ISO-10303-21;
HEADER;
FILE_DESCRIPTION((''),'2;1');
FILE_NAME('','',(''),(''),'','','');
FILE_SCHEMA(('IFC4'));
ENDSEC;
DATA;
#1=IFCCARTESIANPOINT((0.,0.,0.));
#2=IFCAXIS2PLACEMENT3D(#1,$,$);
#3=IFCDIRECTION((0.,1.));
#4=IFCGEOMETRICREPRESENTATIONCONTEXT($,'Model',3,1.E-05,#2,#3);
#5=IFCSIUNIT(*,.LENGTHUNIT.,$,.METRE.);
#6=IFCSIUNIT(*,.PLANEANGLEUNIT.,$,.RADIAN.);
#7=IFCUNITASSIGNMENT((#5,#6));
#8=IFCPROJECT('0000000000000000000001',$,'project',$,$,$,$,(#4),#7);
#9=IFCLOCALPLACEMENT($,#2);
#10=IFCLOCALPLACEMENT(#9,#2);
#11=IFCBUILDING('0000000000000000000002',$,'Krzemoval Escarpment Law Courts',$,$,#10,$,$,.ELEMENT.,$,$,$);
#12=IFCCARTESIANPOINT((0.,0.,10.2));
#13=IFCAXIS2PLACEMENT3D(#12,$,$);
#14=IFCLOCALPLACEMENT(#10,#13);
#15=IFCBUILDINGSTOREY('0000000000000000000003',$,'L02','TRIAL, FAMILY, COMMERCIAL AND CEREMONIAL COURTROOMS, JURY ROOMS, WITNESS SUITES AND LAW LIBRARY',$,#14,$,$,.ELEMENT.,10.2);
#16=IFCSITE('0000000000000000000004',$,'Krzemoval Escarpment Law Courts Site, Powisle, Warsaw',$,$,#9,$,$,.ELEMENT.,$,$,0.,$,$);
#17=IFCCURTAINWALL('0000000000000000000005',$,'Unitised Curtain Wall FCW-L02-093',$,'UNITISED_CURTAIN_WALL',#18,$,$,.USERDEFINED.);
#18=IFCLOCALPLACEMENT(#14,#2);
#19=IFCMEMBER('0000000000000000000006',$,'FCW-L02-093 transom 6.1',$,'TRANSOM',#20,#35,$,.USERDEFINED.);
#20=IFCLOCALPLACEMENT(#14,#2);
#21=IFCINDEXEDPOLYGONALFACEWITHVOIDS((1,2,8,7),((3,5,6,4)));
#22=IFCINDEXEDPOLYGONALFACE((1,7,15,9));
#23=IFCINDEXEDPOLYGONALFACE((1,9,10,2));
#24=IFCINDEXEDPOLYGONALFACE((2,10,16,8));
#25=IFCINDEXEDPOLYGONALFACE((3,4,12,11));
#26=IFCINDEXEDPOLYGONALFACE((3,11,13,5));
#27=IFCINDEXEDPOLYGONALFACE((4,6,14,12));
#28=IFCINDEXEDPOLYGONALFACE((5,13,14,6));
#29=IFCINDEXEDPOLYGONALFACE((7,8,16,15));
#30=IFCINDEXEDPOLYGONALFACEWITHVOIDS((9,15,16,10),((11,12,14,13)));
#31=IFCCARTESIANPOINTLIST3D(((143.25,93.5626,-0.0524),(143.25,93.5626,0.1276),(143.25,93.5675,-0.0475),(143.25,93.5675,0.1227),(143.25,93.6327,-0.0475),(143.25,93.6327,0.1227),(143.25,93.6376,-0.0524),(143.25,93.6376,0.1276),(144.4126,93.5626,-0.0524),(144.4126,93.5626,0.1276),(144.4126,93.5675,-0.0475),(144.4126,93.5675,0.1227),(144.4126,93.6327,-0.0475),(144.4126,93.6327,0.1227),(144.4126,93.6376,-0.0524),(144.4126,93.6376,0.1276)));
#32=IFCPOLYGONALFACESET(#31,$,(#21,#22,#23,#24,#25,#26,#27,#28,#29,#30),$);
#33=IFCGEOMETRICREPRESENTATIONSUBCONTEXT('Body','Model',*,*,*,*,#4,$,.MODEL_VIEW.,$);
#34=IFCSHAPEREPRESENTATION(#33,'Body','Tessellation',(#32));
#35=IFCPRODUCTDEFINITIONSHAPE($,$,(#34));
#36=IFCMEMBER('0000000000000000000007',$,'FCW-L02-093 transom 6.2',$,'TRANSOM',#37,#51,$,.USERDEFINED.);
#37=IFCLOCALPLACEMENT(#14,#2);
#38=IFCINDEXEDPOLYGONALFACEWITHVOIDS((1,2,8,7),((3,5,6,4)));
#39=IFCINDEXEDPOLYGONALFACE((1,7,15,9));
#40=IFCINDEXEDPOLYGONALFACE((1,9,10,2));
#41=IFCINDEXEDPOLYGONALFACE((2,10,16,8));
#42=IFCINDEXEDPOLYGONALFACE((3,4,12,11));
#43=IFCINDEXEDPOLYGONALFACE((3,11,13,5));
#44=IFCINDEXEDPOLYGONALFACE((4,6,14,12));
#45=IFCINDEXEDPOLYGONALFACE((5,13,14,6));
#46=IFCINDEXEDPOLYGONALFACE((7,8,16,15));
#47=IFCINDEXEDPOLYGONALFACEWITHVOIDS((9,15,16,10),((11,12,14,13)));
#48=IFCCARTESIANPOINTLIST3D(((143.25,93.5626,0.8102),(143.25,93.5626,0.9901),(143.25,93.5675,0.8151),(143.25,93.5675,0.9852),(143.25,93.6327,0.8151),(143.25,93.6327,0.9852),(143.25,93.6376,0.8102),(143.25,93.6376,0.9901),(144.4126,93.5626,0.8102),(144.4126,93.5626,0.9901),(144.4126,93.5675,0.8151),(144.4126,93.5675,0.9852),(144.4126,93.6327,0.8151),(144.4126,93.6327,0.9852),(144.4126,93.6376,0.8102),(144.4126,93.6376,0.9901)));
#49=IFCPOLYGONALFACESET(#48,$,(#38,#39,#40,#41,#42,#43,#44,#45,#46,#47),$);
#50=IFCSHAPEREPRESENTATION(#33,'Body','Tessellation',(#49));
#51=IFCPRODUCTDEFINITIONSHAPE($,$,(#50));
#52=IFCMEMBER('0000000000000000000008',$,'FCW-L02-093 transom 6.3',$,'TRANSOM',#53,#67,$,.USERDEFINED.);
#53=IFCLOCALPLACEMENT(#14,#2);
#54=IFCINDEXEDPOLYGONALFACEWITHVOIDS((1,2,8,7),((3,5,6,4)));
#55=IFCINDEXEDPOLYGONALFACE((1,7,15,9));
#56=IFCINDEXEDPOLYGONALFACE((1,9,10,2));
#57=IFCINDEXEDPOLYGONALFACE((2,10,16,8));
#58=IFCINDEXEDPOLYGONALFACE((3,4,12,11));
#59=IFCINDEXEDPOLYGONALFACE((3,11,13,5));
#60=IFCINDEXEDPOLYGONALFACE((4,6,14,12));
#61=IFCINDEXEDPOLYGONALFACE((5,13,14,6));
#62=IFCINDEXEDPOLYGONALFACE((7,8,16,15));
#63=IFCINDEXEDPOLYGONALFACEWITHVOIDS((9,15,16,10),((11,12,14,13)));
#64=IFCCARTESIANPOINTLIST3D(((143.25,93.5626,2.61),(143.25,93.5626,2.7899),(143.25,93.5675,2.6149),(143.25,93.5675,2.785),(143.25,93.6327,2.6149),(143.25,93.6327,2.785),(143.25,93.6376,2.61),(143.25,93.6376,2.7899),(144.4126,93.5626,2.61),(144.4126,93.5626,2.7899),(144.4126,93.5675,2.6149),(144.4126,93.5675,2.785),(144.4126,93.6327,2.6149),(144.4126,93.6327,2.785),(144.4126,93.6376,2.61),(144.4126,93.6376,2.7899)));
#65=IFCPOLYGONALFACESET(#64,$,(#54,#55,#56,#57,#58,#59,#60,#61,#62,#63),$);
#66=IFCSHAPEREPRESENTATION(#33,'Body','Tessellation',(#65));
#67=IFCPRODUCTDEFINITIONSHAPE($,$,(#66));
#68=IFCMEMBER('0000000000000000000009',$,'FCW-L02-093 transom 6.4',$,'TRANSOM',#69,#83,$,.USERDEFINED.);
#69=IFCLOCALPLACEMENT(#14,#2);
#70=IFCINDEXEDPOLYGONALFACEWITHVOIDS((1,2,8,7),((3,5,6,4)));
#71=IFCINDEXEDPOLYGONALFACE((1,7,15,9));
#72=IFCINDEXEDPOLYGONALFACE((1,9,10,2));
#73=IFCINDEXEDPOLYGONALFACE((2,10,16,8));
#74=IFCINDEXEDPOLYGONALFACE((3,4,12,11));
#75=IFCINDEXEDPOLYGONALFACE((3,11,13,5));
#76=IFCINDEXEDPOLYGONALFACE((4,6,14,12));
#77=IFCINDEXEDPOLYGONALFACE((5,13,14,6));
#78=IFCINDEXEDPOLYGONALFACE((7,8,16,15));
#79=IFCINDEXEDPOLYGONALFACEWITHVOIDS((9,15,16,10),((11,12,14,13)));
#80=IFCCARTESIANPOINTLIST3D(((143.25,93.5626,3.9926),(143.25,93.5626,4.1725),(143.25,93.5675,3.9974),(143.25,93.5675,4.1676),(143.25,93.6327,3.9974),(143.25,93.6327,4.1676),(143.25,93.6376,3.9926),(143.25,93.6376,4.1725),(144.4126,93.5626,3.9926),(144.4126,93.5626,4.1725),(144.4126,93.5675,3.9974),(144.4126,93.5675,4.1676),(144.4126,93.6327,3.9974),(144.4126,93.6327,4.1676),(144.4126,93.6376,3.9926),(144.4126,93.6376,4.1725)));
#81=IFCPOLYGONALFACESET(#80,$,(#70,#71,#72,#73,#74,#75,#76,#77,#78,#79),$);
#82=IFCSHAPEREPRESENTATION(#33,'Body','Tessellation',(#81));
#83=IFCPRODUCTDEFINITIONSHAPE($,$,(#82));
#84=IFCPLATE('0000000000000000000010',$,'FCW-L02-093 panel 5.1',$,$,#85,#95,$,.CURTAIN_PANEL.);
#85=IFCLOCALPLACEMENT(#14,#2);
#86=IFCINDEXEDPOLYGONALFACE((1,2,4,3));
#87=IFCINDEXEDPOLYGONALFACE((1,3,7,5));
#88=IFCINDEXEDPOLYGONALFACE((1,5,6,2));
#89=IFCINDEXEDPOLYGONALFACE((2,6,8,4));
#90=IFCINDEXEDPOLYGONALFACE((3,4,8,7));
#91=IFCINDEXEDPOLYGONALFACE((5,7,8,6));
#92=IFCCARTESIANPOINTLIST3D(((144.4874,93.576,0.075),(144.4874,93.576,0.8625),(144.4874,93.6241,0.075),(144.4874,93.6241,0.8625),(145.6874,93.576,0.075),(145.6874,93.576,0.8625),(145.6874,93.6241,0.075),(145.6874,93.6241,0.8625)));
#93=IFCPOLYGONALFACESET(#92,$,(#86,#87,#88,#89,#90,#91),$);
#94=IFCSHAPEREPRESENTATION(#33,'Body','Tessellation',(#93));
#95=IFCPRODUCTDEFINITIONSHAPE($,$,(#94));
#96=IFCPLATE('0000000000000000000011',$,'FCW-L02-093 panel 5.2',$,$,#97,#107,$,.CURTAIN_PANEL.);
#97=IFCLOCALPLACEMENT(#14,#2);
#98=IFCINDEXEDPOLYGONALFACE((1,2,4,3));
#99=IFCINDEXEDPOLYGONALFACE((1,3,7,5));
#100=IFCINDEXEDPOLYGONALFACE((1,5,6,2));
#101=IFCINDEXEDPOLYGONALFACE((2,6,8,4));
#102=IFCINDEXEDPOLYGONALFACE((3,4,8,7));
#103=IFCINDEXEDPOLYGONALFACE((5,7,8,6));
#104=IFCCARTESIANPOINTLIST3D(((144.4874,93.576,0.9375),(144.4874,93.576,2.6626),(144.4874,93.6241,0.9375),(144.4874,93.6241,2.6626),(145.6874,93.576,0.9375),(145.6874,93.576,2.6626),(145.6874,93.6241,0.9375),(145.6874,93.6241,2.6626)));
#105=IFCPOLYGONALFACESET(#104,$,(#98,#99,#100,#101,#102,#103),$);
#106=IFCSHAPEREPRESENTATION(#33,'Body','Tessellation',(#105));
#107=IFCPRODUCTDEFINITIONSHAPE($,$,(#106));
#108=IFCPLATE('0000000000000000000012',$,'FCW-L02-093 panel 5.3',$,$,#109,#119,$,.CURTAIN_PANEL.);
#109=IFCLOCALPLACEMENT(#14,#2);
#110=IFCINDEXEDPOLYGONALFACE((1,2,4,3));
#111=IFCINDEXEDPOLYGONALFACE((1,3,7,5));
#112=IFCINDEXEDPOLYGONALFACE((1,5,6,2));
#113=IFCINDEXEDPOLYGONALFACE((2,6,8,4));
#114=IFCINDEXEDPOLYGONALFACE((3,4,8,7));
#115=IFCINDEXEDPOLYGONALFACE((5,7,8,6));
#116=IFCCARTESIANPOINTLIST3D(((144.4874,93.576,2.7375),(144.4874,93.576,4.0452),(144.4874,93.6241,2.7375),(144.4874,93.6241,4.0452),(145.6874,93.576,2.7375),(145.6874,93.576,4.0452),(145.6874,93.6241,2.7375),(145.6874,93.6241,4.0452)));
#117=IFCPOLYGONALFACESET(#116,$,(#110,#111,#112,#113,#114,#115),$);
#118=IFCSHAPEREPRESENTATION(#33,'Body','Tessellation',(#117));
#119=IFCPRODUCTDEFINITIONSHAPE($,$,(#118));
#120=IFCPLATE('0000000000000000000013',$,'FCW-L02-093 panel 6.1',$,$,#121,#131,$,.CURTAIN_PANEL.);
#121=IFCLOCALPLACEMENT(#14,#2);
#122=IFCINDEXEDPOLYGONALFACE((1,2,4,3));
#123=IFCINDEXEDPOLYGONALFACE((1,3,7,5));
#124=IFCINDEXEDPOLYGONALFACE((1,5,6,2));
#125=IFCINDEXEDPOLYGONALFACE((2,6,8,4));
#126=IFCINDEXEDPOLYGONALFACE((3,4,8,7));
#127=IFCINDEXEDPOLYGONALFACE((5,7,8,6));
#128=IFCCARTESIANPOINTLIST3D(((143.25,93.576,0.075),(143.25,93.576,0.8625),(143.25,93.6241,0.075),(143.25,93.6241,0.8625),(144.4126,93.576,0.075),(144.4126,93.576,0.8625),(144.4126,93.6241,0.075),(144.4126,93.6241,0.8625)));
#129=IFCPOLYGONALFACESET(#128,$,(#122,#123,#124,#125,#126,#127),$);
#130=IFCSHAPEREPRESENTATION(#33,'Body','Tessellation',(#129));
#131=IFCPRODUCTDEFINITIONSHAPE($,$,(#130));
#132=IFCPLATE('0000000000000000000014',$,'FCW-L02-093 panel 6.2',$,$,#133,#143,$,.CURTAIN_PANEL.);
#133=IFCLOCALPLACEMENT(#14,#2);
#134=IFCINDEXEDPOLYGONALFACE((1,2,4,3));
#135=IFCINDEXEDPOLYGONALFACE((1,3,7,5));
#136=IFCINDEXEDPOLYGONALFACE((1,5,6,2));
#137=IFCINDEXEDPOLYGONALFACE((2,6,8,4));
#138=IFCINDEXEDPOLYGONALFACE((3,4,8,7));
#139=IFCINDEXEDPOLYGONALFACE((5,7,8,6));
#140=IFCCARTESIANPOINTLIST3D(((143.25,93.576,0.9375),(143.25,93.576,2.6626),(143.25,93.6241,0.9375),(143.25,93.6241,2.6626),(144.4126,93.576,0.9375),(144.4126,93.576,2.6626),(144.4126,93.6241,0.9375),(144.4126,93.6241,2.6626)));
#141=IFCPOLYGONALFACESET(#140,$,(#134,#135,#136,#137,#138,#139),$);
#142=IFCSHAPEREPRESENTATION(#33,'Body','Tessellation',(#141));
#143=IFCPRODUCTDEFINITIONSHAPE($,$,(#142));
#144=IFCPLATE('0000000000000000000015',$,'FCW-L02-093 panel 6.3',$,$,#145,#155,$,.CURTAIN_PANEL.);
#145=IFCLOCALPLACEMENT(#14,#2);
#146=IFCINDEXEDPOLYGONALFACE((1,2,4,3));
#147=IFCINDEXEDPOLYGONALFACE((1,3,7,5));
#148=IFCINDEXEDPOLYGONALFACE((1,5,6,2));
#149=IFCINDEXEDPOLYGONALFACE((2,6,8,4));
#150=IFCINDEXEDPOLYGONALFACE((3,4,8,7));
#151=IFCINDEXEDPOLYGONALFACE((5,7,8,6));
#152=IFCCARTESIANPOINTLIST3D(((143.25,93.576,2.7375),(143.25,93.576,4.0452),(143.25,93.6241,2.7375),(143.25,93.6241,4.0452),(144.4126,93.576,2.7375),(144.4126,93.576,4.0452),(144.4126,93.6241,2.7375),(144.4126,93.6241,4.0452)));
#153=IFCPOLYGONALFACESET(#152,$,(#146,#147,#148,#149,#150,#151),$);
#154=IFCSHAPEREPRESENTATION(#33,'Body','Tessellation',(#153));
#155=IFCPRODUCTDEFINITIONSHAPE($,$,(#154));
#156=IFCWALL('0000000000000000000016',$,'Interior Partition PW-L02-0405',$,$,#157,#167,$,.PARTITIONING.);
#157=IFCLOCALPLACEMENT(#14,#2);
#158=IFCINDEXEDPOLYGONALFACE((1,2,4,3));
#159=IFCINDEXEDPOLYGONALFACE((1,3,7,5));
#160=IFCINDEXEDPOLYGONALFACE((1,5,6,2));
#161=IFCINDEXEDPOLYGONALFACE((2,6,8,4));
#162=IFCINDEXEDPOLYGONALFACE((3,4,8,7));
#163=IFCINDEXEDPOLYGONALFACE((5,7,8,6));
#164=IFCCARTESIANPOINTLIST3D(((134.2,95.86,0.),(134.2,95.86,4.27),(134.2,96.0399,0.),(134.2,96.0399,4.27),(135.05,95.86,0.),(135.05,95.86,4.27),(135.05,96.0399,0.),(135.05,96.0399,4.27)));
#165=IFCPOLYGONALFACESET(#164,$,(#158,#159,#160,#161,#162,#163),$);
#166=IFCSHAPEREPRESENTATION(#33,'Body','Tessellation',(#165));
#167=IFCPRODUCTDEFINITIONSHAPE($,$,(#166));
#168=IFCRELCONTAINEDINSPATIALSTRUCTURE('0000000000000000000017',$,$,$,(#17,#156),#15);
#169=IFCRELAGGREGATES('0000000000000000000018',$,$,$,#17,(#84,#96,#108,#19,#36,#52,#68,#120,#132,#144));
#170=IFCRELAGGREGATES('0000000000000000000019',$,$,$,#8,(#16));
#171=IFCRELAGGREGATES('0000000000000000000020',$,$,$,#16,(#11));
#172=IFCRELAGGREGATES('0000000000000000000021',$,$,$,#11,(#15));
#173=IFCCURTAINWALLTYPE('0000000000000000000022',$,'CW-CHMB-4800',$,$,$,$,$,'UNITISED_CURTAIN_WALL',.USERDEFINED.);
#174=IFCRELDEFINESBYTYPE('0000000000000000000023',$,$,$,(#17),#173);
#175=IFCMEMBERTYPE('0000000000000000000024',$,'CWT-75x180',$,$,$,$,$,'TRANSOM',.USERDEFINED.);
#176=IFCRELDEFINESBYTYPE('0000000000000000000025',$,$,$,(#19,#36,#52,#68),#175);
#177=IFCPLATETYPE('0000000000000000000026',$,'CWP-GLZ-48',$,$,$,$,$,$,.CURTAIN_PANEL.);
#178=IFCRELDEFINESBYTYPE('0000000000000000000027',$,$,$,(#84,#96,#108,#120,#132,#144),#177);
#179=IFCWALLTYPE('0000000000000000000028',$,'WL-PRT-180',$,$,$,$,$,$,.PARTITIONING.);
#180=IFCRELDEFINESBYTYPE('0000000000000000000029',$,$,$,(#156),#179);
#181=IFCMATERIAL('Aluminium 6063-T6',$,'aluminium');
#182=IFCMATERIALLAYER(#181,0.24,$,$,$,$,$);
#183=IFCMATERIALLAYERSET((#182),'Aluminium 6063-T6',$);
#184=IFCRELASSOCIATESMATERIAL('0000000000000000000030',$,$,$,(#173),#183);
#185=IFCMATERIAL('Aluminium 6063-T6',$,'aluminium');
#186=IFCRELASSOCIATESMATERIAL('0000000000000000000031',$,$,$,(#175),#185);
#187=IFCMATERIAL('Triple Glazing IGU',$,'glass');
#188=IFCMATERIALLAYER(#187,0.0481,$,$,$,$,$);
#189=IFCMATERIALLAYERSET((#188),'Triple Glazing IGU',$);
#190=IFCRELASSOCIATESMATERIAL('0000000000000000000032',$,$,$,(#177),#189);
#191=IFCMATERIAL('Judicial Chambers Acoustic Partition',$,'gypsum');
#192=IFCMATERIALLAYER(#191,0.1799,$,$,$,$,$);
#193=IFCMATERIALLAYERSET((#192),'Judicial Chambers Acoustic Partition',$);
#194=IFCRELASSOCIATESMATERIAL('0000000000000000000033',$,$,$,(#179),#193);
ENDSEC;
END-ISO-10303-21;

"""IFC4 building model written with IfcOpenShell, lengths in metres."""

from ifc_helpers import new_model, si_unit, direction, frame, frame_2d, origin, origin_2d, place, context, subcontext, project, spatial, rectangle, hollow_rectangle, extrude, material, layer, layer_set, material_profile, profile_set, type_object, element, aggregate, save


model = new_model("IFC4")

# Units and contexts
model_context = context("Model", 3, precision=1e-05, world=origin(), true_north=direction((0.0, 1.0)))
body_context = subcontext(model_context, "Body", "Model", "MODEL_VIEW")
ifc_project = project(units=[si_unit("LENGTHUNIT", "METRE"), si_unit("PLANEANGLEUNIT", "RADIAN")], contexts=[model_context])

# Site, building, storey
site_placement = place(None, origin())
site = spatial("IfcSite", under=ifc_project, at=site_placement, Name="Krzemoval Escarpment Law Courts Site, Powisle, Warsaw", CompositionType="ELEMENT", RefElevation=0.0)
building_placement = place(site_placement, origin())
building = spatial("IfcBuilding", under=site, at=building_placement, Name="Krzemoval Escarpment Law Courts", CompositionType="ELEMENT")
storey_placement = place(building_placement, frame((0.0, 0.0, 10.2)))
storey = spatial("IfcBuildingStorey", under=building, at=storey_placement, Name="L02", Description="TRIAL, FAMILY, COMMERCIAL AND CEREMONIAL COURTROOMS, JURY ROOMS, WITNESS SUITES AND LAW LIBRARY", CompositionType="ELEMENT", Elevation=10.2)

# Curtain wall, members, plates
ifc_material_1 = material(Name="Aluminium 6063-T6", Category="aluminium")
ifc_layer_1 = layer(ifc_material_1, 0.24)
ifc_layer_set_1 = layer_set([ifc_layer_1], Name="Aluminium 6063-T6")
curtain_wall_type = type_object("IfcCurtainWallType", Name="CW-CHMB-4800", ElementType="UNITISED_CURTAIN_WALL", PredefinedType="USERDEFINED", material=ifc_layer_set_1)
curtain_wall_placement = place(storey_placement, origin())
curtain_wall = element("IfcCurtainWall", 1, at=curtain_wall_placement, inside=storey, type_object=curtain_wall_type, Name="Unitised Curtain Wall FCW-L02-093", ObjectType="UNITISED_CURTAIN_WALL", PredefinedType="USERDEFINED")
ifc_material_2 = material(Name="Aluminium 6063-T6", Category="aluminium")
ifc_material_profile_1 = material_profile(ifc_material_2, hollow_rectangle(XDim=0.075, YDim=0.1799, WallThickness=0.0049, at=origin_2d()), Name="ALU T75x180")
ifc_profile_set_1 = profile_set([ifc_material_profile_1], Name="Aluminium 6063-T6")
member_type_1 = type_object("IfcMemberType", Name="CWT-75x180", ElementType="TRANSOM", PredefinedType="USERDEFINED", material=ifc_profile_set_1)
member_1_placement = place(storey_placement, frame((144.4126, 93.6001, 0.0376), z_axis=(-1.0, 0.0, 0.0), x_axis=(0.0, -1.0, 0.0)))
member_1 = element("IfcMember", 2, at=member_1_placement, type_object=member_type_1, Name="FCW-L02-093 transom 6.1", ObjectType="TRANSOM", PredefinedType="USERDEFINED", context=body_context, shape_type="SweptSolid", body=[
    extrude(hollow_rectangle(XDim=0.075, YDim=0.1799, WallThickness=0.0049, at=origin_2d()), origin(), (0.0, 0.0, 1.0), 1.1626),
])
member_2_placement = place(storey_placement, frame((144.4126, 93.6001, 0.9001), z_axis=(-1.0, 0.0, 0.0), x_axis=(0.0, -1.0, 0.0)))
member_2 = element("IfcMember", 3, at=member_2_placement, type_object=member_type_1, Name="FCW-L02-093 transom 6.2", ObjectType="TRANSOM", PredefinedType="USERDEFINED", context=body_context, shape_type="SweptSolid", body=[
    extrude(hollow_rectangle(XDim=0.075, YDim=0.1799, WallThickness=0.0049, at=origin_2d()), origin(), (0.0, 0.0, 1.0), 1.1626),
])
member_3_placement = place(storey_placement, frame((144.4126, 93.6001, 2.7), z_axis=(-1.0, 0.0, 0.0), x_axis=(0.0, -1.0, 0.0)))
member_3 = element("IfcMember", 4, at=member_3_placement, type_object=member_type_1, Name="FCW-L02-093 transom 6.3", ObjectType="TRANSOM", PredefinedType="USERDEFINED", context=body_context, shape_type="SweptSolid", body=[
    extrude(hollow_rectangle(XDim=0.075, YDim=0.1799, WallThickness=0.0049, at=origin_2d()), origin(), (0.0, 0.0, 1.0), 1.1626),
])
member_4_placement = place(storey_placement, frame((144.4126, 93.6001, 4.0825), z_axis=(-1.0, 0.0, 0.0), x_axis=(0.0, -1.0, 0.0)))
member_4 = element("IfcMember", 5, at=member_4_placement, type_object=member_type_1, Name="FCW-L02-093 transom 6.4", ObjectType="TRANSOM", PredefinedType="USERDEFINED", context=body_context, shape_type="SweptSolid", body=[
    extrude(hollow_rectangle(XDim=0.075, YDim=0.1799, WallThickness=0.0049, at=origin_2d()), origin(), (0.0, 0.0, 1.0), 1.1626),
])
ifc_material_3 = material(Name="Triple Glazing IGU", Category="glass")
ifc_layer_2 = layer(ifc_material_3, 0.0481)
ifc_layer_set_2 = layer_set([ifc_layer_2], Name="Triple Glazing IGU")
plate_type = type_object("IfcPlateType", Name="CWP-GLZ-48", PredefinedType="CURTAIN_PANEL", material=ifc_layer_set_2)
plate_1_placement = place(storey_placement, frame((145.0874, 93.6001, 0.075), z_axis=(0.0, 0.0, 1.0), x_axis=(-1.0, 0.0, 0.0)))
plate_1 = element("IfcPlate", 6, at=plate_1_placement, type_object=plate_type, Name="FCW-L02-093 panel 5.1", PredefinedType="CURTAIN_PANEL", context=body_context, shape_type="SweptSolid", body=[
    extrude(rectangle(XDim=1.2, YDim=0.0481, at=origin_2d()), origin(), (0.0, 0.0, 1.0), 0.7876),
])
plate_2_placement = place(storey_placement, frame((145.0874, 93.6001, 0.9375), z_axis=(0.0, 0.0, 1.0), x_axis=(-1.0, 0.0, 0.0)))
plate_2 = element("IfcPlate", 7, at=plate_2_placement, type_object=plate_type, Name="FCW-L02-093 panel 5.2", PredefinedType="CURTAIN_PANEL", context=body_context, shape_type="SweptSolid", body=[
    extrude(rectangle(XDim=1.2, YDim=0.0481, at=origin_2d()), origin(), (0.0, 0.0, 1.0), 1.7251),
])
plate_3_placement = place(storey_placement, frame((145.0874, 93.6001, 2.7375), z_axis=(0.0, 0.0, 1.0), x_axis=(-1.0, 0.0, 0.0)))
plate_3 = element("IfcPlate", 8, at=plate_3_placement, type_object=plate_type, Name="FCW-L02-093 panel 5.3", PredefinedType="CURTAIN_PANEL", context=body_context, shape_type="SweptSolid", body=[
    extrude(rectangle(XDim=1.2, YDim=0.0481, at=origin_2d()), origin(), (0.0, 0.0, 1.0), 1.3076),
])
plate_4_placement = place(storey_placement, frame((143.8313, 93.6001, 0.075), z_axis=(0.0, 0.0, 1.0), x_axis=(-1.0, 0.0, 0.0)))
plate_4 = element("IfcPlate", 9, at=plate_4_placement, type_object=plate_type, Name="FCW-L02-093 panel 6.1", PredefinedType="CURTAIN_PANEL", context=body_context, shape_type="SweptSolid", body=[
    extrude(rectangle(XDim=1.1626, YDim=0.0481, at=origin_2d()), origin(), (0.0, 0.0, 1.0), 0.7876),
])
plate_5_placement = place(storey_placement, frame((143.8313, 93.6001, 0.9375), z_axis=(0.0, 0.0, 1.0), x_axis=(-1.0, 0.0, 0.0)))
plate_5 = element("IfcPlate", 10, at=plate_5_placement, type_object=plate_type, Name="FCW-L02-093 panel 6.2", PredefinedType="CURTAIN_PANEL", context=body_context, shape_type="SweptSolid", body=[
    extrude(rectangle(XDim=1.1626, YDim=0.0481, at=origin_2d()), origin(), (0.0, 0.0, 1.0), 1.7251),
])
plate_6_placement = place(storey_placement, frame((143.8313, 93.6001, 2.7375), z_axis=(0.0, 0.0, 1.0), x_axis=(-1.0, 0.0, 0.0)))
plate_6 = element("IfcPlate", 11, at=plate_6_placement, type_object=plate_type, Name="FCW-L02-093 panel 6.3", PredefinedType="CURTAIN_PANEL", context=body_context, shape_type="SweptSolid", body=[
    extrude(rectangle(XDim=1.1626, YDim=0.0481, at=origin_2d()), origin(), (0.0, 0.0, 1.0), 1.3076),
])
aggregate(curtain_wall, [plate_1, plate_2, plate_3, member_1, member_2, member_3, member_4, plate_4, plate_5, plate_6])

# Wall
ifc_material_4 = material(Name="Judicial Chambers Acoustic Partition", Category="gypsum")
ifc_layer_3 = layer(ifc_material_4, 0.1799)
ifc_layer_set_3 = layer_set([ifc_layer_3], Name="Judicial Chambers Acoustic Partition")
wall_type = type_object("IfcWallType", Name="WL-PRT-180", PredefinedType="PARTITIONING", material=ifc_layer_set_3)
wall_placement = place(storey_placement, frame((134.2, 95.95, 0.0), z_axis=(0.0, 0.0, 1.0), x_axis=(1.0, 0.0, 0.0)))
element("IfcWall", 12, at=wall_placement, inside=storey, type_object=wall_type, Name="Interior Partition PW-L02-0405", PredefinedType="PARTITIONING", context=body_context, shape_type="SweptSolid", body=[
    extrude(rectangle(XDim=0.8501, YDim=0.1799, at=frame_2d((0.425, 0.0))), origin(), (0.0, 0.0, 1.0), 4.27),
])

save(model, "model.ifc")
